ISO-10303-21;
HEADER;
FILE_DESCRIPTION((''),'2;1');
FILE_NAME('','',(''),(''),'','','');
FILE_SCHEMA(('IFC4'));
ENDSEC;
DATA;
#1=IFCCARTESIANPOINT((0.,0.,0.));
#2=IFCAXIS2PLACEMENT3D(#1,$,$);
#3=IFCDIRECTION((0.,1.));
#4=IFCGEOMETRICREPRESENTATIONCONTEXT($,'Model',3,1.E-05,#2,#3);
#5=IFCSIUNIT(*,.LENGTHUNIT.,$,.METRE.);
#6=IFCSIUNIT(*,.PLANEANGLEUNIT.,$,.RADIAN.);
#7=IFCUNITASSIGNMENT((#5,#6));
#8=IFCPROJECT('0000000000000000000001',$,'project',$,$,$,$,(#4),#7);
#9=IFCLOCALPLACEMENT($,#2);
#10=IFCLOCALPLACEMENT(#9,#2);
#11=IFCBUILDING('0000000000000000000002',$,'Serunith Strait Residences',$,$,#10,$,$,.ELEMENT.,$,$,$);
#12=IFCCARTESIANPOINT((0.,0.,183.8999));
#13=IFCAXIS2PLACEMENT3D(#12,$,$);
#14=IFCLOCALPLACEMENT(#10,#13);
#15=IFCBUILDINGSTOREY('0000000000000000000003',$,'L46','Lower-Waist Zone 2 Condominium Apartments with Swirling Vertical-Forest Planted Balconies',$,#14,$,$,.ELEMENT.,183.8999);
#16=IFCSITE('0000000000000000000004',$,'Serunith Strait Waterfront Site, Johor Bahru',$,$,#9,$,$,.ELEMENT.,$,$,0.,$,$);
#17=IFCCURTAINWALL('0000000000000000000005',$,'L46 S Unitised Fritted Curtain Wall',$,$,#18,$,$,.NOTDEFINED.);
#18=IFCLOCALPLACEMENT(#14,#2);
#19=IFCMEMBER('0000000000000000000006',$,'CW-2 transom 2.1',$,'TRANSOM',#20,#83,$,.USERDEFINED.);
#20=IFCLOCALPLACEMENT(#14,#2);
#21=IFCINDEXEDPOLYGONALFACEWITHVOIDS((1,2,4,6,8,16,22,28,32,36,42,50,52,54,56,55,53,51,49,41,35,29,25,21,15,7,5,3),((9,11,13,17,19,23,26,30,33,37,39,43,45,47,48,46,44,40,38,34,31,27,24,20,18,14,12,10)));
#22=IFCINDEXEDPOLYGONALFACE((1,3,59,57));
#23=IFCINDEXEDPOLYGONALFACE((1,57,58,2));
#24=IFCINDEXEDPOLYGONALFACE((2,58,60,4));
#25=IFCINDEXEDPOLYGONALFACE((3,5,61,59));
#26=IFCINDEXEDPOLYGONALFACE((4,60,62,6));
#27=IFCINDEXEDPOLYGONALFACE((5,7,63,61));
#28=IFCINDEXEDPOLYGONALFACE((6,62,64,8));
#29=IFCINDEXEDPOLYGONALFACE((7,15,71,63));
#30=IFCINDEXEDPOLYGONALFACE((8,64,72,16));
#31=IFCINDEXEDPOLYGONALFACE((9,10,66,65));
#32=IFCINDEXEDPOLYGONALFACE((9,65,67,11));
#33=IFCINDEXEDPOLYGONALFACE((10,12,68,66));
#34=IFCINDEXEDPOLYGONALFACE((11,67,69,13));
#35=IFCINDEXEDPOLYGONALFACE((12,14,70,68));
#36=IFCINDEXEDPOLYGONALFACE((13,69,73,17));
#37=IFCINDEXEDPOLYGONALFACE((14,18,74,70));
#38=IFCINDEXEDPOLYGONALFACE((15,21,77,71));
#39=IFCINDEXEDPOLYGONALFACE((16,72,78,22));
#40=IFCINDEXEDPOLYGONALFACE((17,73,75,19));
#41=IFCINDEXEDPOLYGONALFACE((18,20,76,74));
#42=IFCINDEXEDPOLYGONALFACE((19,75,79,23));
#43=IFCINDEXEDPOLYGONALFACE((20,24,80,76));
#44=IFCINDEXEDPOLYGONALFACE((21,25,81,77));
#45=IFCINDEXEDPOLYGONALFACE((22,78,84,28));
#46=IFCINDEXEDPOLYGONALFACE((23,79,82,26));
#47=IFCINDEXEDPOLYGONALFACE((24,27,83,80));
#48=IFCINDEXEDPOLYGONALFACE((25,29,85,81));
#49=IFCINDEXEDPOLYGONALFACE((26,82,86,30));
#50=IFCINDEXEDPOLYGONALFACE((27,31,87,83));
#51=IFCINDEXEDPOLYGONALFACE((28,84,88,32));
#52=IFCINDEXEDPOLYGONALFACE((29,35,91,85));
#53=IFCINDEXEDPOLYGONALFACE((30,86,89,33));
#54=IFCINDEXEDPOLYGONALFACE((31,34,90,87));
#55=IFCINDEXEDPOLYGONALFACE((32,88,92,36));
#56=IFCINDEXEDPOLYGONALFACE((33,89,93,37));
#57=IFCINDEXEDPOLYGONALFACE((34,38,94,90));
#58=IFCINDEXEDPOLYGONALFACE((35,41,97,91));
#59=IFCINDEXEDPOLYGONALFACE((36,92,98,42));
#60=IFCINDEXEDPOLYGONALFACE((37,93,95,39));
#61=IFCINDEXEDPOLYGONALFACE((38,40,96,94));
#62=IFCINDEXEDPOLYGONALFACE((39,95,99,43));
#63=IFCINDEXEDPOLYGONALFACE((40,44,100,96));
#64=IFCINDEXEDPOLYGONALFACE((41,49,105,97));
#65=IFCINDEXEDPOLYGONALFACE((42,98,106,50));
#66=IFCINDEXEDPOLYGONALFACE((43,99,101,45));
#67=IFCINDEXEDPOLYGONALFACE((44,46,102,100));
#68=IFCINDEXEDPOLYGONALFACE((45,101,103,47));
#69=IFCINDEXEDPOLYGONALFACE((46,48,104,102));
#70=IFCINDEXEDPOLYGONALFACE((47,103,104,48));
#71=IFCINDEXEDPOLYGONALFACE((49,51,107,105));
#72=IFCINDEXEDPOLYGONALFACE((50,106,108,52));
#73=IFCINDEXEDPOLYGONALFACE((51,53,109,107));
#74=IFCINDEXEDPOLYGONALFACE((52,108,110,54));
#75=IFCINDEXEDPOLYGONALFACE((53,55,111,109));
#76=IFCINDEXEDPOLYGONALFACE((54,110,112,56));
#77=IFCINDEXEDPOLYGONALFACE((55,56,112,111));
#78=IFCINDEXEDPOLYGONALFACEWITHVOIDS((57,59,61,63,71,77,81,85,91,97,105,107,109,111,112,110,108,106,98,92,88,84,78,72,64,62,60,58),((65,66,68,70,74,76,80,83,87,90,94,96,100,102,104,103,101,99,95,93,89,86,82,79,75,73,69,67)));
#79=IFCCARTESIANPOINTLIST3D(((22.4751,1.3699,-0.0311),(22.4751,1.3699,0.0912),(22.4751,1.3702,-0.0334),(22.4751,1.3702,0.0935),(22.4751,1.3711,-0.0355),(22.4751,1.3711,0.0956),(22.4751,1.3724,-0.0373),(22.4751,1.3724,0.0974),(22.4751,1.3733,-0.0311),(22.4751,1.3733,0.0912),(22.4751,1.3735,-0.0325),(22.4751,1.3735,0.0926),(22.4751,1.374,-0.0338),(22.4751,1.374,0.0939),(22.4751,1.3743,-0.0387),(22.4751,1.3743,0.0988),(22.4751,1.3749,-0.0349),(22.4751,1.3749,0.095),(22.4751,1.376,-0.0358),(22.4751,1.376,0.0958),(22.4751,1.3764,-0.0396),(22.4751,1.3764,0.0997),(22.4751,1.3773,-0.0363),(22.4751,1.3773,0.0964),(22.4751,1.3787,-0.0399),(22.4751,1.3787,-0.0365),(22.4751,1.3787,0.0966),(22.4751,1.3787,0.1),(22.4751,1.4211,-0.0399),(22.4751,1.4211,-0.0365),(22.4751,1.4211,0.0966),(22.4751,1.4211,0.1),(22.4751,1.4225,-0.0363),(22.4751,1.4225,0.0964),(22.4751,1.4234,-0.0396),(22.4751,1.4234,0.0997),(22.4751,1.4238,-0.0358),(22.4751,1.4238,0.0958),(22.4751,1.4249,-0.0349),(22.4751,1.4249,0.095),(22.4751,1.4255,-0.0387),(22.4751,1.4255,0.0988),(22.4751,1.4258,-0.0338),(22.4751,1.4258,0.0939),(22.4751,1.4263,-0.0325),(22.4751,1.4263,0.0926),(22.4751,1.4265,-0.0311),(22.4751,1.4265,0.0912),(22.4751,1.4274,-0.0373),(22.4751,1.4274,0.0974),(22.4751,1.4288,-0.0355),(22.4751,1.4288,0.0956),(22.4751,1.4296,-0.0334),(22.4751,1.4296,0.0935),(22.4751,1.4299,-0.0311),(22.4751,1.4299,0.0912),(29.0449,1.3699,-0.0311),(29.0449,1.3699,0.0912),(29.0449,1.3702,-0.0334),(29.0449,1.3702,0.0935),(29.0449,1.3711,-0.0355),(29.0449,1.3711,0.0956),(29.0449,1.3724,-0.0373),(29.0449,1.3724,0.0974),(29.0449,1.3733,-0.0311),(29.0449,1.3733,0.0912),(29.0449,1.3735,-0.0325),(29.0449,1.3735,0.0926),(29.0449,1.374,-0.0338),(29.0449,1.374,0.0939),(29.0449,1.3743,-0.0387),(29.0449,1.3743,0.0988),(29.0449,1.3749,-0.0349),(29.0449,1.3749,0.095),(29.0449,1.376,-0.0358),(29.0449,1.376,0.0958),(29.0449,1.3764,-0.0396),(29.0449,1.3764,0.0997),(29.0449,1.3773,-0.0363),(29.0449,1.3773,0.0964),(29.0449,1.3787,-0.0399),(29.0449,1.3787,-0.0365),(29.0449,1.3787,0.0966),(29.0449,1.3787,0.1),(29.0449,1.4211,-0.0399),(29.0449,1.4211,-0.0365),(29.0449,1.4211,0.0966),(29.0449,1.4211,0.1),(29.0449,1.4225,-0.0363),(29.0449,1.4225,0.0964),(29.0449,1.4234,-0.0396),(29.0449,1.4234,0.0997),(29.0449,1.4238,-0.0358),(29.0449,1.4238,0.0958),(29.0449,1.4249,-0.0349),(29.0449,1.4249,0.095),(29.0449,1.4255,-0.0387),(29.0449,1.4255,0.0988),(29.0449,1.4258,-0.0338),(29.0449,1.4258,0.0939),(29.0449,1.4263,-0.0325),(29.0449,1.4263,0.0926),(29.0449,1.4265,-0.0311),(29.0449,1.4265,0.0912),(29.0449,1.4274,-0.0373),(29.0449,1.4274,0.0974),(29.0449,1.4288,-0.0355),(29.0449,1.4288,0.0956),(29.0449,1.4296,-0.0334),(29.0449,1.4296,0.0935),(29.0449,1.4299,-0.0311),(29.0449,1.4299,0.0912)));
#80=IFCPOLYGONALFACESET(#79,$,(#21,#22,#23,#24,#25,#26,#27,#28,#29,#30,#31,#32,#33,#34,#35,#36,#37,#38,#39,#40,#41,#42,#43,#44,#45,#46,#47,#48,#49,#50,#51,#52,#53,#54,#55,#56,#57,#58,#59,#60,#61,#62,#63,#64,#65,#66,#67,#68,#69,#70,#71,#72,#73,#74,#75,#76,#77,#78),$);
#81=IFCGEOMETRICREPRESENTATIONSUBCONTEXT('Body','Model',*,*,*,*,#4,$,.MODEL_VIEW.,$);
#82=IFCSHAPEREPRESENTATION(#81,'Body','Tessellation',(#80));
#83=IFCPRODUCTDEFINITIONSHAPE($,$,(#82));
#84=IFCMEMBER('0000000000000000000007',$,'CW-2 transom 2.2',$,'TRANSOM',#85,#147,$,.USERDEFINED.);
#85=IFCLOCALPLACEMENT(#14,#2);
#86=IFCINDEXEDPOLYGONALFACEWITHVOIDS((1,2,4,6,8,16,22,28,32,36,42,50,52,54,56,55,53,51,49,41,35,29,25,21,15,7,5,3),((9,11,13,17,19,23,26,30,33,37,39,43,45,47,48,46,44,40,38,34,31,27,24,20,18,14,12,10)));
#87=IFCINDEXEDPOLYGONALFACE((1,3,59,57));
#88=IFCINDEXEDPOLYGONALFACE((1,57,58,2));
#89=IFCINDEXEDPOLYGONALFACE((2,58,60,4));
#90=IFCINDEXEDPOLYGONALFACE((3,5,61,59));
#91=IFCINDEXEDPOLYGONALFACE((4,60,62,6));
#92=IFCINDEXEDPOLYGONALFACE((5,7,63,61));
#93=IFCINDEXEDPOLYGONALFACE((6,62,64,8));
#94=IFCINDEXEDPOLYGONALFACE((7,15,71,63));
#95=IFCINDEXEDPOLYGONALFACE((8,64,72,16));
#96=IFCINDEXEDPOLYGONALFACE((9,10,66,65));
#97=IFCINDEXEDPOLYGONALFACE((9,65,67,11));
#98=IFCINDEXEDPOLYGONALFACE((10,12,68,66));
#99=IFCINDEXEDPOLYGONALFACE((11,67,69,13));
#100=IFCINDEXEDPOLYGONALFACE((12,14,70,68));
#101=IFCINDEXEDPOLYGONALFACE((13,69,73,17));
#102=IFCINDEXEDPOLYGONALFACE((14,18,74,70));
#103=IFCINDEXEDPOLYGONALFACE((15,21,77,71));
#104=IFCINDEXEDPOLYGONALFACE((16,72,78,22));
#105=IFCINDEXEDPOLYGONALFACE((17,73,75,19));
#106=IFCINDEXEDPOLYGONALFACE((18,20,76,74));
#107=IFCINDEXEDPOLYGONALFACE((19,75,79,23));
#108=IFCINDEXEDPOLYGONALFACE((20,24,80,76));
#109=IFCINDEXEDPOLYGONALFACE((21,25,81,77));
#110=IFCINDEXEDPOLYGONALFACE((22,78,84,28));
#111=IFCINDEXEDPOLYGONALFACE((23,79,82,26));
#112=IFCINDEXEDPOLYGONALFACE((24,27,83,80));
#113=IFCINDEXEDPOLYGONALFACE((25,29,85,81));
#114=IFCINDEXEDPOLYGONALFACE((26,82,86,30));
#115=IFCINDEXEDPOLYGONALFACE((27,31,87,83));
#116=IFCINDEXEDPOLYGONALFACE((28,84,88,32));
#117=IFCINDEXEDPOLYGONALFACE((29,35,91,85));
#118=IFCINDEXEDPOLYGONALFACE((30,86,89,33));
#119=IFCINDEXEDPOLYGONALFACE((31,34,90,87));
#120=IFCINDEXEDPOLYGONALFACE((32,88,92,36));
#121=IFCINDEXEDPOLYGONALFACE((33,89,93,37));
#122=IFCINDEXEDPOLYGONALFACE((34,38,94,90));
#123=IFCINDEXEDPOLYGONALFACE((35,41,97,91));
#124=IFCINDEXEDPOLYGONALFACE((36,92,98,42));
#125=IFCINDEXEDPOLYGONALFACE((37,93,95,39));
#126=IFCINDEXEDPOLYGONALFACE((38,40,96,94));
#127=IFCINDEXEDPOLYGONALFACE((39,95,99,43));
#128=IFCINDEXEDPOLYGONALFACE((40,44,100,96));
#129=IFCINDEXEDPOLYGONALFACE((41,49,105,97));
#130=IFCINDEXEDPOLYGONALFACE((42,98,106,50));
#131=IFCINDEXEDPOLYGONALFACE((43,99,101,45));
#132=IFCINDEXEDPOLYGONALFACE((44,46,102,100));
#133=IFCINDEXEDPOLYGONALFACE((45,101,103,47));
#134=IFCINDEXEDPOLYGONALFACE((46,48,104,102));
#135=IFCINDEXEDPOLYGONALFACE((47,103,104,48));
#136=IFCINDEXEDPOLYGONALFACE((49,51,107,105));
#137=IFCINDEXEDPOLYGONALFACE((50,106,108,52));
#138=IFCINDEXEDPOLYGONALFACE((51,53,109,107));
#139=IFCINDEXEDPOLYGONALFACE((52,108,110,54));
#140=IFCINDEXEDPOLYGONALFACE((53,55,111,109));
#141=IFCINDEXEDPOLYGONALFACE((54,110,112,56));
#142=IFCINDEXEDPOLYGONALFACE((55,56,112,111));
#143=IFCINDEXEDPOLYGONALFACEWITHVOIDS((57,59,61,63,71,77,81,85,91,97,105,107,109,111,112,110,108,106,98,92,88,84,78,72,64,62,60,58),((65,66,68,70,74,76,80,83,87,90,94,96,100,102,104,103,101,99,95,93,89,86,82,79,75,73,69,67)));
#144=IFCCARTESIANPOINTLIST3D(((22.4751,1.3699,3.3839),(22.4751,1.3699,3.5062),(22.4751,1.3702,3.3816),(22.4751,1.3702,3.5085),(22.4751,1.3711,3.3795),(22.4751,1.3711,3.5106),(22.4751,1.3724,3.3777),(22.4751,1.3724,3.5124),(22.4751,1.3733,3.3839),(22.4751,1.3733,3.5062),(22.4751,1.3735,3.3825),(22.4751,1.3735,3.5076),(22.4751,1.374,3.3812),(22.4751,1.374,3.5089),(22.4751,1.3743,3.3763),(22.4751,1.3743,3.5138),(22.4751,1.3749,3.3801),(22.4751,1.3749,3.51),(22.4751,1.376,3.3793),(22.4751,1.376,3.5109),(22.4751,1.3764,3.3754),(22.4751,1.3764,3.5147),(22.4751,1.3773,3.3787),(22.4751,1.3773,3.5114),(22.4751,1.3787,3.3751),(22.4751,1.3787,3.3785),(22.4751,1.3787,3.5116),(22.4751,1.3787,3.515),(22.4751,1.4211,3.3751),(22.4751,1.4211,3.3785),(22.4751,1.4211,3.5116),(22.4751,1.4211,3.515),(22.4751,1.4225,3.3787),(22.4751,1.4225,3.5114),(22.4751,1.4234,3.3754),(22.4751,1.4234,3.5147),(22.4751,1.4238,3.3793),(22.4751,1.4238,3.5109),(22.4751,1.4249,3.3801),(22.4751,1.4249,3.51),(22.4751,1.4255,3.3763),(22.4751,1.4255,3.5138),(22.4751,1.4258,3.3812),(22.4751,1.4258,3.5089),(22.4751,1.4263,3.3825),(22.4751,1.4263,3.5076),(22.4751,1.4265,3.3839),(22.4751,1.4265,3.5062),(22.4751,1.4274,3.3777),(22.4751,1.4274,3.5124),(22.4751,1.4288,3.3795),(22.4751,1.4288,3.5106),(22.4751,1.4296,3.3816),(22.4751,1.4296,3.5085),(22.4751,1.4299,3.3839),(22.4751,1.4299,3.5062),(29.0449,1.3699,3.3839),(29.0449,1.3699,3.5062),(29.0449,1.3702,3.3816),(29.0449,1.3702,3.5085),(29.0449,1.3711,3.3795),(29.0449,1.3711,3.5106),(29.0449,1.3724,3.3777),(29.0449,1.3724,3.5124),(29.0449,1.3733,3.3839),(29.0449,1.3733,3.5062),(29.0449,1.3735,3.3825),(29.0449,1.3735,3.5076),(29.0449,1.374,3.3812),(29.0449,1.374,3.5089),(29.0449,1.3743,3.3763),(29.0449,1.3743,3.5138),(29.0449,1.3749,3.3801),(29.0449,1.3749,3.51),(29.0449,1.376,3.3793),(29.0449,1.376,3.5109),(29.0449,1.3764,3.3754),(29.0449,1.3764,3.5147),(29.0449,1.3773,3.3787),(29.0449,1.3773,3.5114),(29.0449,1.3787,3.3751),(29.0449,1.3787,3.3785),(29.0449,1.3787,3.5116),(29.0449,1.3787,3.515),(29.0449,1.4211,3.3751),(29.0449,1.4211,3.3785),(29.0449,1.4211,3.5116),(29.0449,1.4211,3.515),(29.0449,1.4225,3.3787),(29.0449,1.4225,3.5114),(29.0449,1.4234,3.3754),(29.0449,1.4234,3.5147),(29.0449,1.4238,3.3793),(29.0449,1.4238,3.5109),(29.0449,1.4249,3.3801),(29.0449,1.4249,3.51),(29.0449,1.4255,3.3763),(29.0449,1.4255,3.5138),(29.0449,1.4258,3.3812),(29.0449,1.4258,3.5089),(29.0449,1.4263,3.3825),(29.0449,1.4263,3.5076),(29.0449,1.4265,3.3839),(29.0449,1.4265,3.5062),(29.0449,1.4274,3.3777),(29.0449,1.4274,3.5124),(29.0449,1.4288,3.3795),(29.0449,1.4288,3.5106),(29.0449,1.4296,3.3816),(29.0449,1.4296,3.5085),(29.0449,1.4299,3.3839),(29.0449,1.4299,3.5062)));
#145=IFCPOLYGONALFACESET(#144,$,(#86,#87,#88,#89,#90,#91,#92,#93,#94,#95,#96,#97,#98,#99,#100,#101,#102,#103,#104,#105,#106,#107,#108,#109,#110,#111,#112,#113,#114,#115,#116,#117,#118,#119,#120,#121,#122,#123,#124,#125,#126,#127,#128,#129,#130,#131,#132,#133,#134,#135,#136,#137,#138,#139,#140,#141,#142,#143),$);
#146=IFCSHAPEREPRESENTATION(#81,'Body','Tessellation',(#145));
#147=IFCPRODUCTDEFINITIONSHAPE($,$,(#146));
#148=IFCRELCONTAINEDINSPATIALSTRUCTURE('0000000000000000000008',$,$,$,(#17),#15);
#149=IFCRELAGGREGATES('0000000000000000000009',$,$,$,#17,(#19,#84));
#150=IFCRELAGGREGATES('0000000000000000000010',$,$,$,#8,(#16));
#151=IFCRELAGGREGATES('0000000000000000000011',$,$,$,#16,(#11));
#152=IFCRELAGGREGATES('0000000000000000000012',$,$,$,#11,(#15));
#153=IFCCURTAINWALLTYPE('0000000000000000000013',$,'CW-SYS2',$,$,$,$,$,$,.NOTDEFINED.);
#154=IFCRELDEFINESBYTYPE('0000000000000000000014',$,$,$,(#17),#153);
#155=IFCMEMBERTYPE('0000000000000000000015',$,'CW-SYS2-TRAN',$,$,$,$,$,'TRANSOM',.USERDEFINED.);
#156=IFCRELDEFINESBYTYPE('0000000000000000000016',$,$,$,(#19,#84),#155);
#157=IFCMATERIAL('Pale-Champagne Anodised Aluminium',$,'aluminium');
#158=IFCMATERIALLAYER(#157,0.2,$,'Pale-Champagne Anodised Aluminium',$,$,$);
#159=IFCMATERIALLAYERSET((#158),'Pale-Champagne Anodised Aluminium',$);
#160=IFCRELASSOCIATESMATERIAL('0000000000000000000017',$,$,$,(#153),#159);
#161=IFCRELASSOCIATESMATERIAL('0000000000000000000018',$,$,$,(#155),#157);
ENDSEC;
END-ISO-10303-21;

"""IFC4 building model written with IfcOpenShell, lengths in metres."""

from ifc_helpers import new_model, si_unit, direction, frame, origin, origin_2d, place, context, subcontext, project, spatial, hollow_rectangle, extrude, source, transform, mapped, material, layer, layer_set, material_profile, profile_set, type_object, element, aggregate, save


model = new_model("IFC4")

# Units and contexts
model_context = context("Model", 3, precision=1e-05, world=origin(), true_north=direction((0.0, 1.0)))
body_context = subcontext(model_context, "Body", "Model", "MODEL_VIEW")
ifc_project = project(units=[si_unit("LENGTHUNIT", "METRE"), si_unit("PLANEANGLEUNIT", "RADIAN")], contexts=[model_context])

# Site, building, storey
site_placement = place(None, origin())
site = spatial("IfcSite", under=ifc_project, at=site_placement, Name="Serunith Strait Waterfront Site, Johor Bahru", CompositionType="ELEMENT", RefElevation=0.0)
building_placement = place(site_placement, origin())
building = spatial("IfcBuilding", under=site, at=building_placement, Name="Serunith Strait Residences", CompositionType="ELEMENT")
storey_placement = place(building_placement, frame((0.0, 0.0, 183.8999)))
storey = spatial("IfcBuildingStorey", under=building, at=storey_placement, Name="L46", Description="Lower-Waist Zone 2 Condominium Apartments with Swirling Vertical-Forest Planted Balconies", CompositionType="ELEMENT", Elevation=183.8999)

# Curtain wall, members
ifc_material_1 = material(Name="Pale-Champagne Anodised Aluminium", Category="aluminium")
ifc_layer_1 = layer(ifc_material_1, 0.2, Name="Pale-Champagne Anodised Aluminium")
ifc_layer_set_1 = layer_set([ifc_layer_1], Name="Pale-Champagne Anodised Aluminium")
curtain_wall_type = type_object("IfcCurtainWallType", Name="CW-SYS2", PredefinedType="NOTDEFINED", material=ifc_layer_set_1)
curtain_wall_placement = place(storey_placement, origin())
curtain_wall = element("IfcCurtainWall", 1, at=curtain_wall_placement, inside=storey, type_object=curtain_wall_type, Name="L46 S Unitised Fritted Curtain Wall", PredefinedType="NOTDEFINED")
ifc_material_profile_1 = material_profile(ifc_material_1, hollow_rectangle(XDim=0.0601, YDim=0.1399, WallThickness=0.0034, InnerFilletRadius=0.0054, OuterFilletRadius=0.0088, at=origin_2d()), Name="ALU 140x60x3.5")
ifc_profile_set_1 = profile_set([ifc_material_profile_1], Name="Pale-Champagne Anodised Aluminium")
member_type_1 = type_object("IfcMemberType", Name="CW-SYS2-TRAN", ElementType="TRANSOM", PredefinedType="USERDEFINED", material=ifc_profile_set_1)
shared_shape_1 = source(origin(), body_context, "Body", "SweptSolid", [
    extrude(hollow_rectangle(XDim=0.0601, YDim=0.1399, WallThickness=0.0034, InnerFilletRadius=0.0054, OuterFilletRadius=0.0088, at=origin_2d()), origin(), (0.0, 0.0, 1.0), 6.5698),
])
member_1_placement = place(storey_placement, frame((22.4751, 1.3999, 0.03), z_axis=(1.0, 0.0, 0.0), x_axis=(0.0, 1.0, 0.0)))
member_1 = element("IfcMember", 2, at=member_1_placement, type_object=member_type_1, Name="CW-2 transom 2.1", ObjectType="TRANSOM", PredefinedType="USERDEFINED", context=body_context, shape_type="MappedRepresentation", body=[
    mapped(shared_shape_1, transform((0.0, 0.0, 0.0), scale=1.0)),
])
member_2_placement = place(storey_placement, frame((22.4751, 1.3999, 3.4451), z_axis=(1.0, 0.0, 0.0), x_axis=(0.0, 1.0, 0.0)))
member_2 = element("IfcMember", 3, at=member_2_placement, type_object=member_type_1, Name="CW-2 transom 2.2", ObjectType="TRANSOM", PredefinedType="USERDEFINED", context=body_context, shape_type="MappedRepresentation", body=[
    mapped(shared_shape_1, transform((0.0, 0.0, 0.0), scale=1.0)),
])
aggregate(curtain_wall, [member_1, member_2])

save(model, "model.ifc")
